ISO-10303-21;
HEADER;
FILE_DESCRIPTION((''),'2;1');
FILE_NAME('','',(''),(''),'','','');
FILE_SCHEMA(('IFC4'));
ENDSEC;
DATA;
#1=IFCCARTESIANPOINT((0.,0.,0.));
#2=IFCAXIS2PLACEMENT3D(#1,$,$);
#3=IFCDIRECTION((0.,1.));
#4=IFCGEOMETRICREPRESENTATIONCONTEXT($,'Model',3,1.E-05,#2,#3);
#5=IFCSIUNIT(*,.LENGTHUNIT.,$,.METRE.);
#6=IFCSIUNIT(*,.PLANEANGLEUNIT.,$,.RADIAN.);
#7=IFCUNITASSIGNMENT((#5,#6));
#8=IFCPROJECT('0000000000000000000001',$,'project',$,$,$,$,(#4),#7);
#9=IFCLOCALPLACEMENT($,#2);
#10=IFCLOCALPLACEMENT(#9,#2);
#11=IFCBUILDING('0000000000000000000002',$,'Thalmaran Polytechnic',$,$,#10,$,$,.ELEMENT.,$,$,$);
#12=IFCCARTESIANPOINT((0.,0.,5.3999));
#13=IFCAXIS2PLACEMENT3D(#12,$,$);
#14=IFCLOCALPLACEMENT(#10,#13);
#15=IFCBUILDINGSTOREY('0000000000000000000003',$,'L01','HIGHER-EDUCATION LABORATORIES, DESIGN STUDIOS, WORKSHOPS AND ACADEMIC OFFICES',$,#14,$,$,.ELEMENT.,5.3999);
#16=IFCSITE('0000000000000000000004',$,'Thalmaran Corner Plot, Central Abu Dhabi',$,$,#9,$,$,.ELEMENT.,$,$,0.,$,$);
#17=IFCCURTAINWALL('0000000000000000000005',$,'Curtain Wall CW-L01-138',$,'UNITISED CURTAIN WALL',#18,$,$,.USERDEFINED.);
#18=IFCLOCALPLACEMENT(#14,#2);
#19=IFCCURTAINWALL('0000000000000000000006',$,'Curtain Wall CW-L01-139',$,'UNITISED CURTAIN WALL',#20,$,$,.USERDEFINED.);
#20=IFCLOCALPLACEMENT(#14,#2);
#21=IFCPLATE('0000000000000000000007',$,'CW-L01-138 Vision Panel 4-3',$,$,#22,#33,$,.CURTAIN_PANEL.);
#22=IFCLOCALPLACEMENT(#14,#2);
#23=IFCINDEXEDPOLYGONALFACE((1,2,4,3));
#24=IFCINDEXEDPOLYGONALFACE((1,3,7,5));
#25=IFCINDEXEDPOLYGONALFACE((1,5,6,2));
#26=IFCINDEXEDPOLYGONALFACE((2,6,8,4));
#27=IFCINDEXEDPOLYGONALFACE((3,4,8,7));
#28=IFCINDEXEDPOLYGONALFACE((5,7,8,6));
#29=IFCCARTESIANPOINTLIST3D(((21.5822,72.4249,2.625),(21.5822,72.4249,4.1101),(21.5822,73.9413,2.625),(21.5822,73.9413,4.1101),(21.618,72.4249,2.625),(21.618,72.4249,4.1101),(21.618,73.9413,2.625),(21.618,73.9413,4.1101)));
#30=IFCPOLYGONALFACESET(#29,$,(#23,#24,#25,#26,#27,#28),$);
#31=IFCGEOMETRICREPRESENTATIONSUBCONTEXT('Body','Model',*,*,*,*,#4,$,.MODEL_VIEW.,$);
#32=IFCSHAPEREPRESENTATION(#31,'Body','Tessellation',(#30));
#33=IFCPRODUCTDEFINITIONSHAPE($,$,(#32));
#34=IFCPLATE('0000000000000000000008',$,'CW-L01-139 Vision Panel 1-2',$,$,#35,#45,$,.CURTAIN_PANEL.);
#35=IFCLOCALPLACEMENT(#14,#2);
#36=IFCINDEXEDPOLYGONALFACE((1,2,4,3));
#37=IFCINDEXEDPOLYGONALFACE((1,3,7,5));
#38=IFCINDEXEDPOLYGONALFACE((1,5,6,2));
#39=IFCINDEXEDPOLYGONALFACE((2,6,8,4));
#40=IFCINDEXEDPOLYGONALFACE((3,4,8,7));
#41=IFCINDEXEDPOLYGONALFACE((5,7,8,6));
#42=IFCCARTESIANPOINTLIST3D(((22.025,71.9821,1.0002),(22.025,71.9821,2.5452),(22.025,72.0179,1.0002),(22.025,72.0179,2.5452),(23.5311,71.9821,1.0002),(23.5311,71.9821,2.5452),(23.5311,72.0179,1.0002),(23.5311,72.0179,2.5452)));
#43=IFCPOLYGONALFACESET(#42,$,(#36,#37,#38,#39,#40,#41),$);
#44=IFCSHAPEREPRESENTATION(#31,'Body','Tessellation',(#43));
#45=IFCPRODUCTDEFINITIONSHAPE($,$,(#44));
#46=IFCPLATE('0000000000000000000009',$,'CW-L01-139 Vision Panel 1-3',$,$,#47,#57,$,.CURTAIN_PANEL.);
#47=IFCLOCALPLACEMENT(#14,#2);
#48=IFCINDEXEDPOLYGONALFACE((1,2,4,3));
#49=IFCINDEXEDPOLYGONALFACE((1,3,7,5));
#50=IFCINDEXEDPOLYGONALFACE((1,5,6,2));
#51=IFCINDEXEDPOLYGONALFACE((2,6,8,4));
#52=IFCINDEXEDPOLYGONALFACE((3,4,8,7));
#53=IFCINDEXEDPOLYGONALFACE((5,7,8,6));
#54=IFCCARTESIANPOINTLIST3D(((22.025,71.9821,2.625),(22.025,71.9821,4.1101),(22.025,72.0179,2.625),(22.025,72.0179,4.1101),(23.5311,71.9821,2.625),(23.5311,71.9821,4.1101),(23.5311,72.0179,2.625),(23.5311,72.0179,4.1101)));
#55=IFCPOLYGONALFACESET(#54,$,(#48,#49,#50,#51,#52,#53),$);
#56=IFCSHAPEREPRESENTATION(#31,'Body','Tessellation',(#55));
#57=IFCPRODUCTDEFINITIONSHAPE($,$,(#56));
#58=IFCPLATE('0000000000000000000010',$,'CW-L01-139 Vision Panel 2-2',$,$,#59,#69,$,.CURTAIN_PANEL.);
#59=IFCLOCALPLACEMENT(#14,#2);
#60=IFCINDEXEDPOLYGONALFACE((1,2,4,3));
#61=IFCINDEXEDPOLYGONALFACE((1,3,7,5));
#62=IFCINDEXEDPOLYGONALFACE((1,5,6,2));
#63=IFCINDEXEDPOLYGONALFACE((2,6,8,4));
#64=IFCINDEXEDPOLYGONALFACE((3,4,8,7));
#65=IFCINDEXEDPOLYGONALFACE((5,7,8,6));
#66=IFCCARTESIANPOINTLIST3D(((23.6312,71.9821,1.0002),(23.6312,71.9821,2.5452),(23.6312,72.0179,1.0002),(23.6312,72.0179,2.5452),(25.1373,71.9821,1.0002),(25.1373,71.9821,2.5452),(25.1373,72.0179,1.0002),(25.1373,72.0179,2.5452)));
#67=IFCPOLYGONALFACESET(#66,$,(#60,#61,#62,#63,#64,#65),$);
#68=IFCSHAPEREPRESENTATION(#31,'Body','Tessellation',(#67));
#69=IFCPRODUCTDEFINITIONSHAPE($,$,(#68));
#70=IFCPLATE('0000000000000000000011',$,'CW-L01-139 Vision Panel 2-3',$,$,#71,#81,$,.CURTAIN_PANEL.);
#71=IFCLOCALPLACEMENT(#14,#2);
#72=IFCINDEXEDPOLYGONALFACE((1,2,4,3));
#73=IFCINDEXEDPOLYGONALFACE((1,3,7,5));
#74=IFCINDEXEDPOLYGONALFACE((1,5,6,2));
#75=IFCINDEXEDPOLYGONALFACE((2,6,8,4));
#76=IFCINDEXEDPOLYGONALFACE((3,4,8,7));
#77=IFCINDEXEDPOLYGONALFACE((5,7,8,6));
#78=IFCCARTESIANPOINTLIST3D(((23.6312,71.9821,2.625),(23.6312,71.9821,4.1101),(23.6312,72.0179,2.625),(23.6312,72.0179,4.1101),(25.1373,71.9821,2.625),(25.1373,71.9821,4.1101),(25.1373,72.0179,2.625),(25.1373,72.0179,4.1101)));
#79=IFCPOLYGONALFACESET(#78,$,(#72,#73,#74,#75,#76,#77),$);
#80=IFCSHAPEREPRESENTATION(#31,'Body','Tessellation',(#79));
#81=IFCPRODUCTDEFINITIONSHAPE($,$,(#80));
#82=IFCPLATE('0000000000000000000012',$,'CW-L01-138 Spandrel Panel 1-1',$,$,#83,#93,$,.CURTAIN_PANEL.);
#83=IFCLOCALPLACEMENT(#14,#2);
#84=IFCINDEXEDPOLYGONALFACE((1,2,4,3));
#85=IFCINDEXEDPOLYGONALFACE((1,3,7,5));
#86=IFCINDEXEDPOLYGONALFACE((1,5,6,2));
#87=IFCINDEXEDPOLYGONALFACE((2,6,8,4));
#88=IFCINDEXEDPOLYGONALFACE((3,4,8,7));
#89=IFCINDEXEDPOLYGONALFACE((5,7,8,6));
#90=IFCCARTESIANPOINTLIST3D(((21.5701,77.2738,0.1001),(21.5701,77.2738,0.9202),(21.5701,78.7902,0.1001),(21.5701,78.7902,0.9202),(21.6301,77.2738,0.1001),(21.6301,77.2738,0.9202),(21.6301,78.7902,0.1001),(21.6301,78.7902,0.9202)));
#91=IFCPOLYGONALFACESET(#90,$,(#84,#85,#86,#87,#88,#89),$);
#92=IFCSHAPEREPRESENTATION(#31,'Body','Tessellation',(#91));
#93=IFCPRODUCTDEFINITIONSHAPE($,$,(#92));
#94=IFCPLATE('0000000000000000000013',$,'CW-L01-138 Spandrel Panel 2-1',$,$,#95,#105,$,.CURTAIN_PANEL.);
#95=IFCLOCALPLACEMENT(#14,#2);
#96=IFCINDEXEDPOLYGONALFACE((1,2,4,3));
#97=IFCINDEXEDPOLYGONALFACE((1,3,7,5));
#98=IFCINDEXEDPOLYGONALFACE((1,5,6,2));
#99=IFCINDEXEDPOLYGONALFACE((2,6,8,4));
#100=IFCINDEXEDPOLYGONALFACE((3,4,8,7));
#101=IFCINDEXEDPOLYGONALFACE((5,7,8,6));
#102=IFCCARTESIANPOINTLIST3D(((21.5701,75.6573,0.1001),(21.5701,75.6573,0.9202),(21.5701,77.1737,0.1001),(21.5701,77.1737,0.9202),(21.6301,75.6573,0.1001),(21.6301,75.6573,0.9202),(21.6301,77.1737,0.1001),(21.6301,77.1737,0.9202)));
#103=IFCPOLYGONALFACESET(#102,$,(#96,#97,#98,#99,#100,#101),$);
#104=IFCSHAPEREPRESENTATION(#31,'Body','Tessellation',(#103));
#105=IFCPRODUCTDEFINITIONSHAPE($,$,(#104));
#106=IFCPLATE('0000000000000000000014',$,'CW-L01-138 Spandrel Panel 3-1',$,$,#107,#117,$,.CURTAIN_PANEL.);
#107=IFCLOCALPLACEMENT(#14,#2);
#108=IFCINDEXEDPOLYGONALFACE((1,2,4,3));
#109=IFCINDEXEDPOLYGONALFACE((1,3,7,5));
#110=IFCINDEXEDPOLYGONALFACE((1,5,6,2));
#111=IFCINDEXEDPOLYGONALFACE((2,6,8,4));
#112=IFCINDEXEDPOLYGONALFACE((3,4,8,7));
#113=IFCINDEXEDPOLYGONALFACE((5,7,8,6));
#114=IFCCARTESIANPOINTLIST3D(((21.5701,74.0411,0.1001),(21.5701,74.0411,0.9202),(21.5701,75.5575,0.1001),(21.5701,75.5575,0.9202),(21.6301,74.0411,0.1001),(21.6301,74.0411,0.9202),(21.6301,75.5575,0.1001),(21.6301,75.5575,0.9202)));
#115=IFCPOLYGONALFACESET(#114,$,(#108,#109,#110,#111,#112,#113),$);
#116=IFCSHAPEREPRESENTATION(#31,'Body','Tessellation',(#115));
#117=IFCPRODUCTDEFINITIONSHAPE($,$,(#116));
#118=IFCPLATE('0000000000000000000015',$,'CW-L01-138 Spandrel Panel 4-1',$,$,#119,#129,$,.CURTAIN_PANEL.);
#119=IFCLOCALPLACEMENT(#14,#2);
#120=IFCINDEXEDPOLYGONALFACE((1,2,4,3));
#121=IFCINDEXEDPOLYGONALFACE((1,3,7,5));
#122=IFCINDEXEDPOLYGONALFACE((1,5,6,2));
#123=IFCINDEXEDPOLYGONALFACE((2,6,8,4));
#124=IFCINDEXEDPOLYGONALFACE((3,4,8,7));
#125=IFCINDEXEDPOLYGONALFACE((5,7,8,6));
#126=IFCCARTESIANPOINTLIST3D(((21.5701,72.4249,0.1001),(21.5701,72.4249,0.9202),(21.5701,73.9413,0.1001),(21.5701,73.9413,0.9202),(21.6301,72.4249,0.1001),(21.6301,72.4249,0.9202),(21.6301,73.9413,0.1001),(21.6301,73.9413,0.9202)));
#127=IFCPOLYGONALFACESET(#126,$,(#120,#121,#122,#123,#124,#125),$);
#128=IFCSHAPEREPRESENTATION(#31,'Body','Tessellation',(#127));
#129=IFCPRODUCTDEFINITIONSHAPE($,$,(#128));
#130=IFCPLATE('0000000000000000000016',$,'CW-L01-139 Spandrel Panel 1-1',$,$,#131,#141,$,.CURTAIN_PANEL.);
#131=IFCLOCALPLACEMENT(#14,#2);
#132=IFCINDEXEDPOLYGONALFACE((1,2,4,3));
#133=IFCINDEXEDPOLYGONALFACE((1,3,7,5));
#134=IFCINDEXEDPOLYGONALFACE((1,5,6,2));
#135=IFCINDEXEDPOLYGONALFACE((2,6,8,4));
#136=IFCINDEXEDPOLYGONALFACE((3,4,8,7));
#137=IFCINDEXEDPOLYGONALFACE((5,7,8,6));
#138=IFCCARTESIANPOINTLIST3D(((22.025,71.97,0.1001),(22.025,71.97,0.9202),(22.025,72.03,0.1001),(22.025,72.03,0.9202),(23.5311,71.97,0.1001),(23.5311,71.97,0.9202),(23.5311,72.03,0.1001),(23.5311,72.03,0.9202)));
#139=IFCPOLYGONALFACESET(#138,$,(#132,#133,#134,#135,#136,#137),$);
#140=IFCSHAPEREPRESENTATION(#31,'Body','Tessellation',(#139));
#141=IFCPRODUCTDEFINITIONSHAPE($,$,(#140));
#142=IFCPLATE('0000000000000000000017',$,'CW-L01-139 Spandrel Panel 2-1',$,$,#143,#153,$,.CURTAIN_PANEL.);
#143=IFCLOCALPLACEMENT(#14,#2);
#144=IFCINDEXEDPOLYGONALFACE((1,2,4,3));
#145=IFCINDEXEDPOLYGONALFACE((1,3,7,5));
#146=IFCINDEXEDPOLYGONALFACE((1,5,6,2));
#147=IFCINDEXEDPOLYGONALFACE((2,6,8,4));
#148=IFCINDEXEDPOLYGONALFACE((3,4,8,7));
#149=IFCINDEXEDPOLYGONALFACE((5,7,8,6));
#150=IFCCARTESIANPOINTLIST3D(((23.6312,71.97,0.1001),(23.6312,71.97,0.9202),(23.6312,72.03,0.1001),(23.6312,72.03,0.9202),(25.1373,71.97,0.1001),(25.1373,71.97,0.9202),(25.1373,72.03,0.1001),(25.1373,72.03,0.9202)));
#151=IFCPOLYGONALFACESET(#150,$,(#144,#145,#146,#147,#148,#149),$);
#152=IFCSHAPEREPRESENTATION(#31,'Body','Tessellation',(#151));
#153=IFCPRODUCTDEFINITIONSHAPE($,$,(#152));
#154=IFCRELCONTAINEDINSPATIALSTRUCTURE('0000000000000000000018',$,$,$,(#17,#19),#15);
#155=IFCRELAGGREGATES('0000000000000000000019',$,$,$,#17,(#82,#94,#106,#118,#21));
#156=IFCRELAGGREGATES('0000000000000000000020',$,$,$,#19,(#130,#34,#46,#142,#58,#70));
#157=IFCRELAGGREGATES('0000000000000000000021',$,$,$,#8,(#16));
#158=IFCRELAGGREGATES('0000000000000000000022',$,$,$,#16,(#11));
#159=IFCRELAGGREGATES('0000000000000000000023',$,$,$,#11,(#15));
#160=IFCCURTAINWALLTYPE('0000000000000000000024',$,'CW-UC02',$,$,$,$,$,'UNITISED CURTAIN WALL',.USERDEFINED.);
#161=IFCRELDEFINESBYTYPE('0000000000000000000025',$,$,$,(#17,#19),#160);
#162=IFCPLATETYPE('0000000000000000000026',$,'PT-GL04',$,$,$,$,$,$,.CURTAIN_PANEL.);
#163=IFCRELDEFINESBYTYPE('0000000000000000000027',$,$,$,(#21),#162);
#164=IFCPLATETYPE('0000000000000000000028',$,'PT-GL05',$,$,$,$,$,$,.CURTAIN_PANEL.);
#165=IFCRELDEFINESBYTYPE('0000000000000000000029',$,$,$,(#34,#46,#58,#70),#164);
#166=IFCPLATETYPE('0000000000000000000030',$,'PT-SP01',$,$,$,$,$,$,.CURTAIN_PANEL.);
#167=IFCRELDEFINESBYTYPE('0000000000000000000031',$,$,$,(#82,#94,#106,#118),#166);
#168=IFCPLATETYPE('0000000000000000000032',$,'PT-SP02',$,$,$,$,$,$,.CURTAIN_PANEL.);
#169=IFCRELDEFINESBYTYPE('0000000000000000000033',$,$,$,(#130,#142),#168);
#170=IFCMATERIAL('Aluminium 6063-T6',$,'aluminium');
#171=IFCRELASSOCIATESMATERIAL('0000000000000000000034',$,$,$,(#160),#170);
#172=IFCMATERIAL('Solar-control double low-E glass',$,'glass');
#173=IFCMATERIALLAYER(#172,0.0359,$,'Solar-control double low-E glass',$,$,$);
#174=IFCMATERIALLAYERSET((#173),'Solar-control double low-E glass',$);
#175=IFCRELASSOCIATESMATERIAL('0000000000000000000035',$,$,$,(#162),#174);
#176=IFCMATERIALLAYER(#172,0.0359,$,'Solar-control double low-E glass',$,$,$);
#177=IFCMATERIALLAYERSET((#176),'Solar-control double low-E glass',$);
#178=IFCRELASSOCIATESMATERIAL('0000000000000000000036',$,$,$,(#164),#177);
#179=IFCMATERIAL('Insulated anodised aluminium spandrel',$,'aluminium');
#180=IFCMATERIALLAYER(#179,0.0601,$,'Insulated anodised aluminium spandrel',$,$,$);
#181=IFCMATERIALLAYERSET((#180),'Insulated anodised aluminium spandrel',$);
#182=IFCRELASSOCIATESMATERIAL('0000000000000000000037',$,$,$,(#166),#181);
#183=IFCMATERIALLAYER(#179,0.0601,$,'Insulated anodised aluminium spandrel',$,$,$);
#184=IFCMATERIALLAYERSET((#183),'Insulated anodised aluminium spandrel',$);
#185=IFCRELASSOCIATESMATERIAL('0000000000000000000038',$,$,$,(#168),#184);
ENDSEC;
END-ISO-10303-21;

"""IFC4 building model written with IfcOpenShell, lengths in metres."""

from ifc_helpers import new_model, si_unit, direction, frame, origin, origin_2d, place, context, subcontext, project, spatial, rectangle, extrude, material, layer, layer_set, type_object, element, aggregate, save


model = new_model("IFC4")

# Units and contexts
model_context = context("Model", 3, precision=1e-05, world=origin(), true_north=direction((0.0, 1.0)))
body_context = subcontext(model_context, "Body", "Model", "MODEL_VIEW")
ifc_project = project(units=[si_unit("LENGTHUNIT", "METRE"), si_unit("PLANEANGLEUNIT", "RADIAN")], contexts=[model_context])

# Site, building, storey
site_placement = place(None, origin())
site = spatial("IfcSite", under=ifc_project, at=site_placement, Name="Thalmaran Corner Plot, Central Abu Dhabi", CompositionType="ELEMENT", RefElevation=0.0)
building_placement = place(site_placement, origin())
building = spatial("IfcBuilding", under=site, at=building_placement, Name="Thalmaran Polytechnic", CompositionType="ELEMENT")
storey_placement = place(building_placement, frame((0.0, 0.0, 5.3999)))
storey = spatial("IfcBuildingStorey", under=building, at=storey_placement, Name="L01", Description="HIGHER-EDUCATION LABORATORIES, DESIGN STUDIOS, WORKSHOPS AND ACADEMIC OFFICES", CompositionType="ELEMENT", Elevation=5.3999)

# Curtain walls
ifc_material_1 = material(Name="Aluminium 6063-T6", Category="aluminium")
curtain_wall_type = type_object("IfcCurtainWallType", Name="CW-UC02", ElementType="UNITISED CURTAIN WALL", PredefinedType="USERDEFINED", material=ifc_material_1)
curtain_wall_1_placement = place(storey_placement, origin())
curtain_wall_1 = element("IfcCurtainWall", 1, at=curtain_wall_1_placement, inside=storey, type_object=curtain_wall_type, Name="Curtain Wall CW-L01-138", ObjectType="UNITISED CURTAIN WALL", PredefinedType="USERDEFINED")
curtain_wall_2_placement = place(storey_placement, origin())
curtain_wall_2 = element("IfcCurtainWall", 2, at=curtain_wall_2_placement, inside=storey, type_object=curtain_wall_type, Name="Curtain Wall CW-L01-139", ObjectType="UNITISED CURTAIN WALL", PredefinedType="USERDEFINED")

# Plates
ifc_material_2 = material(Name="Solar-control double low-E glass", Category="glass")
ifc_layer_1 = layer(ifc_material_2, 0.0359, Name="Solar-control double low-E glass")
ifc_layer_set_1 = layer_set([ifc_layer_1], Name="Solar-control double low-E glass")
plate_type_1 = type_object("IfcPlateType", Name="PT-GL04", PredefinedType="CURTAIN_PANEL", material=ifc_layer_set_1)
plate_1_placement = place(storey_placement, frame((21.6001, 73.1831, 2.625), z_axis=(0.0, 0.0, 1.0), x_axis=(0.0, -1.0, 0.0)))
plate_1 = element("IfcPlate", 3, at=plate_1_placement, type_object=plate_type_1, Name="CW-L01-138 Vision Panel 4-3", PredefinedType="CURTAIN_PANEL", context=body_context, shape_type="SweptSolid", body=[
    extrude(rectangle(XDim=1.5164, YDim=0.0359, at=origin_2d()), origin(), (0.0, 0.0, 1.0), 1.4851),
])
ifc_layer_2 = layer(ifc_material_2, 0.0359, Name="Solar-control double low-E glass")
ifc_layer_set_2 = layer_set([ifc_layer_2], Name="Solar-control double low-E glass")
plate_type_2 = type_object("IfcPlateType", Name="PT-GL05", PredefinedType="CURTAIN_PANEL", material=ifc_layer_set_2)
plate_2_placement = place(storey_placement, frame((22.7781, 72.0, 1.0002), z_axis=(0.0, 0.0, 1.0), x_axis=(1.0, 0.0, 0.0)))
plate_2 = element("IfcPlate", 4, at=plate_2_placement, type_object=plate_type_2, Name="CW-L01-139 Vision Panel 1-2", PredefinedType="CURTAIN_PANEL", context=body_context, shape_type="SweptSolid", body=[
    extrude(rectangle(XDim=1.5061, YDim=0.0359, at=origin_2d()), origin(), (0.0, 0.0, 1.0), 1.5449),
])
plate_3_placement = place(storey_placement, frame((22.7781, 72.0, 2.625), z_axis=(0.0, 0.0, 1.0), x_axis=(1.0, 0.0, 0.0)))
plate_3 = element("IfcPlate", 5, at=plate_3_placement, type_object=plate_type_2, Name="CW-L01-139 Vision Panel 1-3", PredefinedType="CURTAIN_PANEL", context=body_context, shape_type="SweptSolid", body=[
    extrude(rectangle(XDim=1.5061, YDim=0.0359, at=origin_2d()), origin(), (0.0, 0.0, 1.0), 1.4851),
])
plate_4_placement = place(storey_placement, frame((24.3843, 72.0, 1.0002), z_axis=(0.0, 0.0, 1.0), x_axis=(1.0, 0.0, 0.0)))
plate_4 = element("IfcPlate", 6, at=plate_4_placement, type_object=plate_type_2, Name="CW-L01-139 Vision Panel 2-2", PredefinedType="CURTAIN_PANEL", context=body_context, shape_type="SweptSolid", body=[
    extrude(rectangle(XDim=1.5061, YDim=0.0359, at=origin_2d()), origin(), (0.0, 0.0, 1.0), 1.5449),
])
plate_5_placement = place(storey_placement, frame((24.3843, 72.0, 2.625), z_axis=(0.0, 0.0, 1.0), x_axis=(1.0, 0.0, 0.0)))
plate_5 = element("IfcPlate", 7, at=plate_5_placement, type_object=plate_type_2, Name="CW-L01-139 Vision Panel 2-3", PredefinedType="CURTAIN_PANEL", context=body_context, shape_type="SweptSolid", body=[
    extrude(rectangle(XDim=1.5061, YDim=0.0359, at=origin_2d()), origin(), (0.0, 0.0, 1.0), 1.4851),
])
ifc_material_3 = material(Name="Insulated anodised aluminium spandrel", Category="aluminium")
ifc_layer_3 = layer(ifc_material_3, 0.0601, Name="Insulated anodised aluminium spandrel")
ifc_layer_set_3 = layer_set([ifc_layer_3], Name="Insulated anodised aluminium spandrel")
plate_type_3 = type_object("IfcPlateType", Name="PT-SP01", PredefinedType="CURTAIN_PANEL", material=ifc_layer_set_3)
plate_6_placement = place(storey_placement, frame((21.6001, 78.032, 0.1001), z_axis=(0.0, 0.0, 1.0), x_axis=(0.0, -1.0, 0.0)))
plate_6 = element("IfcPlate", 8, at=plate_6_placement, type_object=plate_type_3, Name="CW-L01-138 Spandrel Panel 1-1", PredefinedType="CURTAIN_PANEL", context=body_context, shape_type="SweptSolid", body=[
    extrude(rectangle(XDim=1.5164, YDim=0.0601, at=origin_2d()), origin(), (0.0, 0.0, 1.0), 0.8201),
])
plate_7_placement = place(storey_placement, frame((21.6001, 76.4155, 0.1001), z_axis=(0.0, 0.0, 1.0), x_axis=(0.0, -1.0, 0.0)))
plate_7 = element("IfcPlate", 9, at=plate_7_placement, type_object=plate_type_3, Name="CW-L01-138 Spandrel Panel 2-1", PredefinedType="CURTAIN_PANEL", context=body_context, shape_type="SweptSolid", body=[
    extrude(rectangle(XDim=1.5164, YDim=0.0601, at=origin_2d()), origin(), (0.0, 0.0, 1.0), 0.8201),
])
plate_8_placement = place(storey_placement, frame((21.6001, 74.7993, 0.1001), z_axis=(0.0, 0.0, 1.0), x_axis=(0.0, -1.0, 0.0)))
plate_8 = element("IfcPlate", 10, at=plate_8_placement, type_object=plate_type_3, Name="CW-L01-138 Spandrel Panel 3-1", PredefinedType="CURTAIN_PANEL", context=body_context, shape_type="SweptSolid", body=[
    extrude(rectangle(XDim=1.5164, YDim=0.0601, at=origin_2d()), origin(), (0.0, 0.0, 1.0), 0.8201),
])
plate_9_placement = place(storey_placement, frame((21.6001, 73.1831, 0.1001), z_axis=(0.0, 0.0, 1.0), x_axis=(0.0, -1.0, 0.0)))
plate_9 = element("IfcPlate", 11, at=plate_9_placement, type_object=plate_type_3, Name="CW-L01-138 Spandrel Panel 4-1", PredefinedType="CURTAIN_PANEL", context=body_context, shape_type="SweptSolid", body=[
    extrude(rectangle(XDim=1.5164, YDim=0.0601, at=origin_2d()), origin(), (0.0, 0.0, 1.0), 0.8201),
])
aggregate(curtain_wall_1, [plate_6, plate_7, plate_8, plate_9, plate_1])
ifc_layer_4 = layer(ifc_material_3, 0.0601, Name="Insulated anodised aluminium spandrel")
ifc_layer_set_4 = layer_set([ifc_layer_4], Name="Insulated anodised aluminium spandrel")
plate_type_4 = type_object("IfcPlateType", Name="PT-SP02", PredefinedType="CURTAIN_PANEL", material=ifc_layer_set_4)
plate_10_placement = place(storey_placement, frame((22.7781, 72.0, 0.1001), z_axis=(0.0, 0.0, 1.0), x_axis=(1.0, 0.0, 0.0)))
plate_10 = element("IfcPlate", 12, at=plate_10_placement, type_object=plate_type_4, Name="CW-L01-139 Spandrel Panel 1-1", PredefinedType="CURTAIN_PANEL", context=body_context, shape_type="SweptSolid", body=[
    extrude(rectangle(XDim=1.5061, YDim=0.0601, at=origin_2d()), origin(), (0.0, 0.0, 1.0), 0.8201),
])
plate_11_placement = place(storey_placement, frame((24.3843, 72.0, 0.1001), z_axis=(0.0, 0.0, 1.0), x_axis=(1.0, 0.0, 0.0)))
plate_11 = element("IfcPlate", 13, at=plate_11_placement, type_object=plate_type_4, Name="CW-L01-139 Spandrel Panel 2-1", PredefinedType="CURTAIN_PANEL", context=body_context, shape_type="SweptSolid", body=[
    extrude(rectangle(XDim=1.5061, YDim=0.0601, at=origin_2d()), origin(), (0.0, 0.0, 1.0), 0.8201),
])
aggregate(curtain_wall_2, [plate_10, plate_2, plate_3, plate_11, plate_4, plate_5])

save(model, "model.ifc")
